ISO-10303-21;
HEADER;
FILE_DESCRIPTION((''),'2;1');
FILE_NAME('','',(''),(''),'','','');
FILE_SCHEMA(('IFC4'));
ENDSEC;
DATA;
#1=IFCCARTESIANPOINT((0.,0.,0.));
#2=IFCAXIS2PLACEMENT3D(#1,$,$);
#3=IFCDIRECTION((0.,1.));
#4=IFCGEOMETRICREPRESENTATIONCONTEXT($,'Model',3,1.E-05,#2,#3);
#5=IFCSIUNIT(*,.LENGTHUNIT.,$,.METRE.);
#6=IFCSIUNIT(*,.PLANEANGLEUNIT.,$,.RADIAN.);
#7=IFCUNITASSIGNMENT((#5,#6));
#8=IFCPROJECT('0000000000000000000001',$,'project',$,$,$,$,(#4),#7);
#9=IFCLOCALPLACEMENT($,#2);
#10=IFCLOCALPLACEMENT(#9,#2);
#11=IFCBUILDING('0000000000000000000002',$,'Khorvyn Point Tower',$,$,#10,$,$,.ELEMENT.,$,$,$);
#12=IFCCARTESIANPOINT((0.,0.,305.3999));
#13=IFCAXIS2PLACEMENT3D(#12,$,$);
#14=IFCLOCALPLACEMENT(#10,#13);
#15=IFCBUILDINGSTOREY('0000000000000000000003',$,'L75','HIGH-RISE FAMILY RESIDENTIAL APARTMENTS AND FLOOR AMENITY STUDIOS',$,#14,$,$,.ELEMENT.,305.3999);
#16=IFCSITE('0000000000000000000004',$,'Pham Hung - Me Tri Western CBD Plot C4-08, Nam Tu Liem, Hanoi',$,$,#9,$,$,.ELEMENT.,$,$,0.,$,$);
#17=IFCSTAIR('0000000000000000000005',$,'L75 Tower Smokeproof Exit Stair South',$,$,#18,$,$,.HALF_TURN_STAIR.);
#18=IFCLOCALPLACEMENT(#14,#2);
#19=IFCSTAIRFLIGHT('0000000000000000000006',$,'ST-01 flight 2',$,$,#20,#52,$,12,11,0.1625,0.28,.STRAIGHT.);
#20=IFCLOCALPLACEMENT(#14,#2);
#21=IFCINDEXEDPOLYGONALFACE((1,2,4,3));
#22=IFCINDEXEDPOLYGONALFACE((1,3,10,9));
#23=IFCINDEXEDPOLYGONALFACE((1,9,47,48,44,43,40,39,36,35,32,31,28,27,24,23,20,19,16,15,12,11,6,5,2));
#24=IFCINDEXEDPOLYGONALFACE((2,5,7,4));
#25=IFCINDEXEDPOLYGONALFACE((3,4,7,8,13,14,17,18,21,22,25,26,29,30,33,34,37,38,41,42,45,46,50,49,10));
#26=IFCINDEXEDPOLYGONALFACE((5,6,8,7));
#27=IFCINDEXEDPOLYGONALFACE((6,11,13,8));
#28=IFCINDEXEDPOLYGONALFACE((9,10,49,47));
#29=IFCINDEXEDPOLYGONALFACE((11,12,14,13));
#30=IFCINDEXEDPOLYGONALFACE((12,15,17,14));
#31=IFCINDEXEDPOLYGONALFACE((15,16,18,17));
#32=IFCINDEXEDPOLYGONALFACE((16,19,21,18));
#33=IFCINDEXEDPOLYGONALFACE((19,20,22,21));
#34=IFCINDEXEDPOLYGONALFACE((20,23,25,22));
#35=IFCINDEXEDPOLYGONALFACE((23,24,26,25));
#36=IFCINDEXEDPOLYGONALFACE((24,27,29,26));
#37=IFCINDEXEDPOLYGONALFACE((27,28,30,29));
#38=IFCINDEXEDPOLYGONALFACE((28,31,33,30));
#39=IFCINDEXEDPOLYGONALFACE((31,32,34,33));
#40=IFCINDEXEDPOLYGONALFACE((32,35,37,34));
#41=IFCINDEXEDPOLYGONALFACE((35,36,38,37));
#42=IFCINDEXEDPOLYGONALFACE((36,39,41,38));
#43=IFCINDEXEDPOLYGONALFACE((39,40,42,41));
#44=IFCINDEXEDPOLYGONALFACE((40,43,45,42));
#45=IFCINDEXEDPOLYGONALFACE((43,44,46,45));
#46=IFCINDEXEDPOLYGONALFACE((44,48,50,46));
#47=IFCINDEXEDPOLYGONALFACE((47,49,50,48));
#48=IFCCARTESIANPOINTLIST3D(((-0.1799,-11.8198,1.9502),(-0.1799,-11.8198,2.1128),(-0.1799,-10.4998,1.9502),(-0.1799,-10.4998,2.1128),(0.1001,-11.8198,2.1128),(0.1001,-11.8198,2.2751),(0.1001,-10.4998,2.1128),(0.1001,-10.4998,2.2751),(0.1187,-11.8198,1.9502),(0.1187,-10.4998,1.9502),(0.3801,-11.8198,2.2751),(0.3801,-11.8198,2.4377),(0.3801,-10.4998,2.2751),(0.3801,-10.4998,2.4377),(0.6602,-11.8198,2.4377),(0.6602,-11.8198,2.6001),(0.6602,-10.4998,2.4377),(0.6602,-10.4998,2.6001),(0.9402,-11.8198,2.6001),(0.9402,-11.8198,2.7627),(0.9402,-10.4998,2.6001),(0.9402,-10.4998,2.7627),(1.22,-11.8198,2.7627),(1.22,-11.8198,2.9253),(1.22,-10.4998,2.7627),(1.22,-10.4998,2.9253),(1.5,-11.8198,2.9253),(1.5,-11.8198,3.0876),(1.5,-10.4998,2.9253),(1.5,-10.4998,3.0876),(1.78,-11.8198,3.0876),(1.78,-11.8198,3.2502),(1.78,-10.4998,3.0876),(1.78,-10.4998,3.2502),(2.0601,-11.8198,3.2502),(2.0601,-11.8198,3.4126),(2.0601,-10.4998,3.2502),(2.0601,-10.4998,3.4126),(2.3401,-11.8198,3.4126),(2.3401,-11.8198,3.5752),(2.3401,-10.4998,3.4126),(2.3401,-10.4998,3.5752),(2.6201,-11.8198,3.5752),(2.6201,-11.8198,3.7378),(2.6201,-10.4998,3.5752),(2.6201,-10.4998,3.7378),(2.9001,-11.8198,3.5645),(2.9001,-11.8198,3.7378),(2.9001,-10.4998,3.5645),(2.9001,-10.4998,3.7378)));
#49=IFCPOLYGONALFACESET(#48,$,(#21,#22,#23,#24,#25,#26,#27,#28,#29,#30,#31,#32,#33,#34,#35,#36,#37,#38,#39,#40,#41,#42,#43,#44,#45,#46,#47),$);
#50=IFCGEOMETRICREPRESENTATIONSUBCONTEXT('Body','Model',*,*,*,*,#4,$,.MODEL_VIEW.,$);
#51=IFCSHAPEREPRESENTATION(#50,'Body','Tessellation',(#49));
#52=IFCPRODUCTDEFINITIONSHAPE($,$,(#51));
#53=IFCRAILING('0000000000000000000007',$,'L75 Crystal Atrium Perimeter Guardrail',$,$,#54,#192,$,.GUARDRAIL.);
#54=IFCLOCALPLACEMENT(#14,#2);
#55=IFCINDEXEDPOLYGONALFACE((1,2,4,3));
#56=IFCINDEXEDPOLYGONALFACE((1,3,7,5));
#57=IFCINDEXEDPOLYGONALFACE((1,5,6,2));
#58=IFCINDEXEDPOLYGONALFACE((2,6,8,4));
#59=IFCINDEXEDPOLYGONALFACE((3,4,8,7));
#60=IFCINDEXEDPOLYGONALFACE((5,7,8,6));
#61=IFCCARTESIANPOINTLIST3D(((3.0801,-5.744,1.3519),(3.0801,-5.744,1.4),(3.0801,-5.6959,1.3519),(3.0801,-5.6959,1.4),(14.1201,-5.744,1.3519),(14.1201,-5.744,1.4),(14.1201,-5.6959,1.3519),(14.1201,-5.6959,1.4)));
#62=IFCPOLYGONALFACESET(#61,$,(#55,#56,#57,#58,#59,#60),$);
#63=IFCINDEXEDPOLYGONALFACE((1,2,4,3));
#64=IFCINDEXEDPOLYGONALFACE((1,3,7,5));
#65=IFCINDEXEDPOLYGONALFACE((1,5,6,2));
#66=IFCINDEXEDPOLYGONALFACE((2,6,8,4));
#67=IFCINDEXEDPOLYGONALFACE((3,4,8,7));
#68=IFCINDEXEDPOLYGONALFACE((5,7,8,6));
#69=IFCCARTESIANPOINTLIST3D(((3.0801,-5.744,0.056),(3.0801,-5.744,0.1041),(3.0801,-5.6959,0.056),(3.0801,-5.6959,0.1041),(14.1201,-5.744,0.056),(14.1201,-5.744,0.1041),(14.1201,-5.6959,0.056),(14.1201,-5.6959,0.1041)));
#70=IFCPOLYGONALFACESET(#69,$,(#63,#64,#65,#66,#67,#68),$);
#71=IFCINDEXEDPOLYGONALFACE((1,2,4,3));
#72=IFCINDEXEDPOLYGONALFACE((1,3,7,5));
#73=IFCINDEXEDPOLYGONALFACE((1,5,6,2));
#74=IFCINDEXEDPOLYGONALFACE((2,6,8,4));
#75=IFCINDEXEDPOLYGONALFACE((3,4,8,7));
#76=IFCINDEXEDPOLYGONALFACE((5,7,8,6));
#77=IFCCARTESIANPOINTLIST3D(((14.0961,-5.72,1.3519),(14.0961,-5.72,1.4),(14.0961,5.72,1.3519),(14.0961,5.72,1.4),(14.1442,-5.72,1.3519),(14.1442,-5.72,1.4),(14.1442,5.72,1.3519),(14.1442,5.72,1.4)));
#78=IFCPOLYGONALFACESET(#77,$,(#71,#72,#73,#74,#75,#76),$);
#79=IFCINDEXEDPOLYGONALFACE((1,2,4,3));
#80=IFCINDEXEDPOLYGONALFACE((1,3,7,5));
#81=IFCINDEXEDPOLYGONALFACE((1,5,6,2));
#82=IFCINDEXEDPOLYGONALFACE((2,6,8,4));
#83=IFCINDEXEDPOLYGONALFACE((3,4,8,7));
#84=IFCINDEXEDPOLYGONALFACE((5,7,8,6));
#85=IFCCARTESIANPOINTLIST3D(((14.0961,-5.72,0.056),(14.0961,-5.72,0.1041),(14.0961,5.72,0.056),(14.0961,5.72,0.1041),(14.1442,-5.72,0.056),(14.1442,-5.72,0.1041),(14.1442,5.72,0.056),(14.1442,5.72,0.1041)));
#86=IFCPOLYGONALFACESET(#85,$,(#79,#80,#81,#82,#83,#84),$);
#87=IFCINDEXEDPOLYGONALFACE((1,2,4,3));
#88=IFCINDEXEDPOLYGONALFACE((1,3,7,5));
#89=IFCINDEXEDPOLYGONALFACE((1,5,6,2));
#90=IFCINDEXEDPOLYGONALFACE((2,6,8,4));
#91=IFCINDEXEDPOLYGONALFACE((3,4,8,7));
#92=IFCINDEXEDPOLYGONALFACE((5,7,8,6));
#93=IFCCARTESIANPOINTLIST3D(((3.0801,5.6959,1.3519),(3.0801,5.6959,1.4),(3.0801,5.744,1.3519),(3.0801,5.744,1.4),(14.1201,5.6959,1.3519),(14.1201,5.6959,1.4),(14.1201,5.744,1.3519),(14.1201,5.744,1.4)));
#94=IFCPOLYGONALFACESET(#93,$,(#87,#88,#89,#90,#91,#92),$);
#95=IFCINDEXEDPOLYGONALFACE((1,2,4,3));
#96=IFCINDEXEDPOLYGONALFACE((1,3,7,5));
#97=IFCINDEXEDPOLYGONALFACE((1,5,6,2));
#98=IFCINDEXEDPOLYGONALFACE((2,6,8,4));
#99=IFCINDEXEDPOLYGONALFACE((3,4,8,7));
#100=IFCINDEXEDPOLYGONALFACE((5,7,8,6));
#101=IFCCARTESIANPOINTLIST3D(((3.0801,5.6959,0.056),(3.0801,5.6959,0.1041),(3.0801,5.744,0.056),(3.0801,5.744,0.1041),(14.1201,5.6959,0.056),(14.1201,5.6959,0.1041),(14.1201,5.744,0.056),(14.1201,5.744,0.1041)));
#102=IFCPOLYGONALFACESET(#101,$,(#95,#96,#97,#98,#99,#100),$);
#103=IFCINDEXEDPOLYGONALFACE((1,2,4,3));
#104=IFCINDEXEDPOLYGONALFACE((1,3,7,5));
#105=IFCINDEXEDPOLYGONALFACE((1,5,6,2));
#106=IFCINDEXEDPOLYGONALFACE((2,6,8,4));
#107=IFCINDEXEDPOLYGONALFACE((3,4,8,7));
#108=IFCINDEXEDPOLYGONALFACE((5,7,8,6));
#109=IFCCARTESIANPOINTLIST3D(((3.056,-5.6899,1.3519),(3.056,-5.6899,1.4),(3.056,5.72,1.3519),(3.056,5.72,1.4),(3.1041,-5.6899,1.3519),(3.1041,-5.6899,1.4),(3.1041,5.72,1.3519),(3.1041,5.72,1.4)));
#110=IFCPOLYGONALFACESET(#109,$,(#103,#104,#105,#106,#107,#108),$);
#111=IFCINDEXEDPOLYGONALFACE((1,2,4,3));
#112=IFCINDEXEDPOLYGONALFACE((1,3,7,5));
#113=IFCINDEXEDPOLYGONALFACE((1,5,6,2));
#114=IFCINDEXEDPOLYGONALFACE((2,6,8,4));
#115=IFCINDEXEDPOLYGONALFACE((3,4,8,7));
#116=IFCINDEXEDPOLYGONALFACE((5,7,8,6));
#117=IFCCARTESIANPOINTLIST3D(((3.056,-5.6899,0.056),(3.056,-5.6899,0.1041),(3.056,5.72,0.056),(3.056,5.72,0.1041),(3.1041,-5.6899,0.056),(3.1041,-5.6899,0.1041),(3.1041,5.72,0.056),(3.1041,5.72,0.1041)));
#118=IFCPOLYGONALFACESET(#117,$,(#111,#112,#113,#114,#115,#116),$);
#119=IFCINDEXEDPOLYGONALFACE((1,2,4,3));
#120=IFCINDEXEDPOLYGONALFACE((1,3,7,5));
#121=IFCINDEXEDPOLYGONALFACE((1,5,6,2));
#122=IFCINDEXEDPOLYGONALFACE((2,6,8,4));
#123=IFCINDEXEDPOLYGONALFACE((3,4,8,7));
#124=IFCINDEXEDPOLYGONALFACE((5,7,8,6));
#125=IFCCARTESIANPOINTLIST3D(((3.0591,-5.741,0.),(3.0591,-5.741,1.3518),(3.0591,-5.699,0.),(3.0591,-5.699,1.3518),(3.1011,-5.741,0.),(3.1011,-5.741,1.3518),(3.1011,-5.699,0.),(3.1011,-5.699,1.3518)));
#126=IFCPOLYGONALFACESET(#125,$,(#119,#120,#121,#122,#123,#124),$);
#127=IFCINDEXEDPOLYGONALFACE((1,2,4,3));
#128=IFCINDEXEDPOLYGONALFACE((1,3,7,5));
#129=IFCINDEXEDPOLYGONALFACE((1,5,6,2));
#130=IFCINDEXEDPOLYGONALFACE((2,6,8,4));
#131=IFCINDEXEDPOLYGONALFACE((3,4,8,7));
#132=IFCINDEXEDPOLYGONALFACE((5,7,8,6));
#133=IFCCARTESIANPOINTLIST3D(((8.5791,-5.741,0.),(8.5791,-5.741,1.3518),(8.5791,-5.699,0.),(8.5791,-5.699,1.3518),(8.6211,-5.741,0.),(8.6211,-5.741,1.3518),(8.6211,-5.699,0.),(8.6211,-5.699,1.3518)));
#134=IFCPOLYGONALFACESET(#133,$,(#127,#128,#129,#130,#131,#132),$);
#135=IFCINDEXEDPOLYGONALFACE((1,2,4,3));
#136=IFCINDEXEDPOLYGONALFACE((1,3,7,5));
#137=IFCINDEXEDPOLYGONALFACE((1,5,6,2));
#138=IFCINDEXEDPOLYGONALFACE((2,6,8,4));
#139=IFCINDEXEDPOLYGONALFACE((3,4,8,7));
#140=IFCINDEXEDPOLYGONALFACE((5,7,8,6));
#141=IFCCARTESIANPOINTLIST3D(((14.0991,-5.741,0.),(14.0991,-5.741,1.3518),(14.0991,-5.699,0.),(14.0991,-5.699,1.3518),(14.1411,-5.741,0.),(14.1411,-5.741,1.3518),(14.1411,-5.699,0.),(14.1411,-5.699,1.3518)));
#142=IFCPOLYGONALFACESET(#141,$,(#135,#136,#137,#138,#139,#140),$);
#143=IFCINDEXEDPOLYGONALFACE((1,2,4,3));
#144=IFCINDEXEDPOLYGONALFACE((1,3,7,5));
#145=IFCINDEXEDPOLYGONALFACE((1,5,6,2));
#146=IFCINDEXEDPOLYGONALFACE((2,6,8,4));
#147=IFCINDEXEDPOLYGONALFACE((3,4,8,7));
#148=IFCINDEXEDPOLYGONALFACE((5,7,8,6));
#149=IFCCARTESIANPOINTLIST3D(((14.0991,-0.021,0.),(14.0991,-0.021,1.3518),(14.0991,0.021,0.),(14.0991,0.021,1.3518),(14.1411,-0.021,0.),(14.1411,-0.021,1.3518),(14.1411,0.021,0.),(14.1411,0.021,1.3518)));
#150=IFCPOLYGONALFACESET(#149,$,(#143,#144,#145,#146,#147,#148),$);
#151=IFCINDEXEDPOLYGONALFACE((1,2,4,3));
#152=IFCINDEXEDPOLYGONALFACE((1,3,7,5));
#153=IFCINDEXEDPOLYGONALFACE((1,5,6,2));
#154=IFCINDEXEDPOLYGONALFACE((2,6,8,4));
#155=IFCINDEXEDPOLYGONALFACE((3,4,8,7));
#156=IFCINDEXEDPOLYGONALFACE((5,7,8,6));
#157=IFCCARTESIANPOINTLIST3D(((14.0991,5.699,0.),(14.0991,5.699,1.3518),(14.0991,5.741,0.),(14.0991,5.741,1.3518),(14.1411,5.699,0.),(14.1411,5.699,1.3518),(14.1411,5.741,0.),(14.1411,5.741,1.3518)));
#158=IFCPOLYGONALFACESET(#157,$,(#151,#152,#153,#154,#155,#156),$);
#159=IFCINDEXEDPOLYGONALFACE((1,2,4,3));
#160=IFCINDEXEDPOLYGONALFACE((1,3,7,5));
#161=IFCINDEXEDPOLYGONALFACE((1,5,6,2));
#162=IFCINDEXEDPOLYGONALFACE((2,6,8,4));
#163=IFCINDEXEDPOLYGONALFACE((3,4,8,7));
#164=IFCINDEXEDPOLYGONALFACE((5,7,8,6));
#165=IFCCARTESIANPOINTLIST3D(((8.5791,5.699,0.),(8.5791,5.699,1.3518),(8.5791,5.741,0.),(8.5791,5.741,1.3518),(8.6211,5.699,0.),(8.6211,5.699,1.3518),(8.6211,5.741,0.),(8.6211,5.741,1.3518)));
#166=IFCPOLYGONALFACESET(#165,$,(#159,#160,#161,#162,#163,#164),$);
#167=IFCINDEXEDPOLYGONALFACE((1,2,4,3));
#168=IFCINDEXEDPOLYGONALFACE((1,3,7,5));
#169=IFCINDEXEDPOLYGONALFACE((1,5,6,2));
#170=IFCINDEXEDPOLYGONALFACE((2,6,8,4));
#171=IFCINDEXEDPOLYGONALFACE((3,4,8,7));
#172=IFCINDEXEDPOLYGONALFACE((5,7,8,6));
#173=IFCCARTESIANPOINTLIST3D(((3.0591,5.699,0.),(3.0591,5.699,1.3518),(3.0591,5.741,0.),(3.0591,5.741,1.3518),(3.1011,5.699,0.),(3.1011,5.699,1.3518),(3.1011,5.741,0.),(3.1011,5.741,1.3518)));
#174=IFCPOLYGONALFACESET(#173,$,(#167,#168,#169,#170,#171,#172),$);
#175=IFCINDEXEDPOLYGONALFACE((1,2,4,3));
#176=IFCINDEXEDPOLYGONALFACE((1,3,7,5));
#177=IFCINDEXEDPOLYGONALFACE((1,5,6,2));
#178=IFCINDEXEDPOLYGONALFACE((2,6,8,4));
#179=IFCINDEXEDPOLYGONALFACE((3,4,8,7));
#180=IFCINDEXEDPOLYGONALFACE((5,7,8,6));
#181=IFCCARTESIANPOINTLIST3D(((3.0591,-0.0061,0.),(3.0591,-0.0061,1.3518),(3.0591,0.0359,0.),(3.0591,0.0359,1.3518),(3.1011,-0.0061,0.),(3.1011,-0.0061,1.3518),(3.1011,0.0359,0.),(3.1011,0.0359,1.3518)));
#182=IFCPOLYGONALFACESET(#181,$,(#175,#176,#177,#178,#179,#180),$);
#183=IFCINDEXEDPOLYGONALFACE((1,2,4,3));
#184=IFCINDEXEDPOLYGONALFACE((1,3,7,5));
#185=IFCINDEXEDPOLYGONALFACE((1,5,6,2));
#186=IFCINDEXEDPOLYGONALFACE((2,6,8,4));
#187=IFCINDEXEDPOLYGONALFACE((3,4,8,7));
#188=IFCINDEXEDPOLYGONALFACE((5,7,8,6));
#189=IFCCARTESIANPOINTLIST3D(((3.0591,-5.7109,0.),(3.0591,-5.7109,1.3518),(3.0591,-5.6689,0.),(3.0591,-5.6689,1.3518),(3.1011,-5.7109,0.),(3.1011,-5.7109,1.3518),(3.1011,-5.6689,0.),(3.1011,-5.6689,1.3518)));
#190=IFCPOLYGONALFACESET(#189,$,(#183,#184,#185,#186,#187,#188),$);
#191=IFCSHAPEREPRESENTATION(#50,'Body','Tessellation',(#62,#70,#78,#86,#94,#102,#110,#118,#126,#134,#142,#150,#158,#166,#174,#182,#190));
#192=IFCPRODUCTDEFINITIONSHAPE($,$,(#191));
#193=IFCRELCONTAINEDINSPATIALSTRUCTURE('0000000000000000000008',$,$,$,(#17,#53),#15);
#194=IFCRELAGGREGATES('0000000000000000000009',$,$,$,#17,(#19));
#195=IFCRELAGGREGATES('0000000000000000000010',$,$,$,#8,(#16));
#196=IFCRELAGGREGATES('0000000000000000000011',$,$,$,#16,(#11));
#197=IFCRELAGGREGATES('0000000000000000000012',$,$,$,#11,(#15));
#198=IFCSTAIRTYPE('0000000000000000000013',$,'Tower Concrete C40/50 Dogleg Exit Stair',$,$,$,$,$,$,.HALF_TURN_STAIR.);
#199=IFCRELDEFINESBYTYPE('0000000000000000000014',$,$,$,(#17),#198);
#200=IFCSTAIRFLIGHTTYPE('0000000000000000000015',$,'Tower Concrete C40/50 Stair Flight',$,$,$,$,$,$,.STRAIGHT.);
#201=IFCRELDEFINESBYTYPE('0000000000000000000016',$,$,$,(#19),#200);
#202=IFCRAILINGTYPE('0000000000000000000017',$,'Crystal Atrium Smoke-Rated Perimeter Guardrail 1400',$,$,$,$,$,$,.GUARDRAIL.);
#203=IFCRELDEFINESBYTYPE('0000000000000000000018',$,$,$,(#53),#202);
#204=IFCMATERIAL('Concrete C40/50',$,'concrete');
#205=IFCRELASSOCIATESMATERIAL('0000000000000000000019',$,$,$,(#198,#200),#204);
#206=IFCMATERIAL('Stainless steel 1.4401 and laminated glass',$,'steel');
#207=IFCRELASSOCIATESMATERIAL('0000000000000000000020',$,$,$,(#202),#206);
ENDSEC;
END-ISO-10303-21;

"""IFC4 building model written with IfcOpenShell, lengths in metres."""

from ifc_helpers import new_model, si_unit, direction, frame, origin, origin_2d, place, context, subcontext, project, spatial, polyline, rectangle, outline, extrude, material, type_object, element, aggregate, save


model = new_model("IFC4")

# Units and contexts
model_context = context("Model", 3, precision=1e-05, world=origin(), true_north=direction((0.0, 1.0)))
body_context = subcontext(model_context, "Body", "Model", "MODEL_VIEW")
ifc_project = project(units=[si_unit("LENGTHUNIT", "METRE"), si_unit("PLANEANGLEUNIT", "RADIAN")], contexts=[model_context])

# Site, building, storey
site_placement = place(None, origin())
site = spatial("IfcSite", under=ifc_project, at=site_placement, Name="Pham Hung - Me Tri Western CBD Plot C4-08, Nam Tu Liem, Hanoi", CompositionType="ELEMENT", RefElevation=0.0)
building_placement = place(site_placement, origin())
building = spatial("IfcBuilding", under=site, at=building_placement, Name="Khorvyn Point Tower", CompositionType="ELEMENT")
storey_placement = place(building_placement, frame((0.0, 0.0, 305.3999)))
storey = spatial("IfcBuildingStorey", under=building, at=storey_placement, Name="L75", Description="HIGH-RISE FAMILY RESIDENTIAL APARTMENTS AND FLOOR AMENITY STUDIOS", CompositionType="ELEMENT", Elevation=305.3999)

# Shared definitions
ifc_material_1 = material(Name="Concrete C40/50", Category="concrete")

# Stair, stair flight
stair_type = type_object("IfcStairType", Name="Tower Concrete C40/50 Dogleg Exit Stair", PredefinedType="HALF_TURN_STAIR", material=ifc_material_1)
stair_placement = place(storey_placement, origin())
stair = element("IfcStair", 1, at=stair_placement, inside=storey, type_object=stair_type, Name="L75 Tower Smokeproof Exit Stair South", PredefinedType="HALF_TURN_STAIR")
stair_flight_type = type_object("IfcStairFlightType", Name="Tower Concrete C40/50 Stair Flight", PredefinedType="STRAIGHT", material=ifc_material_1)
stair_flight_1_placement = place(storey_placement, frame((-0.1799, -11.1599, 1.9502), z_axis=(0.0, 0.0, 1.0), x_axis=(1.0, 0.0, 0.0)))
stair_flight_1 = element("IfcStairFlight", 2, at=stair_flight_1_placement, type_object=stair_flight_type, Name="ST-01 flight 2", NumberOfRisers=12, NumberOfTreads=11, PredefinedType="STRAIGHT", RiserHeight=0.1625, TreadLength=0.28, context=body_context, shape_type="SweptSolid", body=[
    extrude(outline(polyline([(0.0, 0.0), (0.0, 0.1626), (0.28, 0.1626), (0.28, 0.325), (0.5601, 0.325), (0.5601, 0.4875), (0.8401, 0.4875), (0.8401, 0.6499), (1.1201, 0.6499), (1.1201, 0.8125), (1.3999, 0.8125), (1.3999, 0.9751), (1.6799, 0.9751), (1.6799, 1.1375), (1.96, 1.1375), (1.96, 1.3), (2.24, 1.3), (2.24, 1.4624), (2.52, 1.4624), (2.52, 1.625), (2.8, 1.625), (2.8, 1.7876), (3.0801, 1.7876), (3.0801, 1.95), (3.0801, 1.6143), (0.2986, 0.0), (0.0, 0.0)])), frame((0.0, 0.6602, 0.0), z_axis=(0.0, -1.0, 0.0), x_axis=(1.0, 0.0, 0.0)), (0.0, 0.0, 1.0), 1.3201),
])
aggregate(stair, [stair_flight_1])

# Railing
ifc_material_2 = material(Name="Stainless steel 1.4401 and laminated glass", Category="steel")
railing_type_1 = type_object("IfcRailingType", Name="Crystal Atrium Smoke-Rated Perimeter Guardrail 1400", PredefinedType="GUARDRAIL", material=ifc_material_2)
railing_1_placement = place(storey_placement, frame((3.0801, -5.72, 0.0)))
element("IfcRailing", 3, at=railing_1_placement, inside=storey, type_object=railing_type_1, Name="L75 Crystal Atrium Perimeter Guardrail", PredefinedType="GUARDRAIL", context=body_context, shape_type="SweptSolid", body=[
    extrude(rectangle(XDim=0.0481, YDim=0.0481, at=origin_2d()), frame((0.0, 0.0, 1.376), z_axis=(1.0, 0.0, 0.0), x_axis=(0.0, 1.0, 0.0)), (0.0, 0.0, 1.0), 11.04),
    extrude(rectangle(XDim=0.0481, YDim=0.0481, at=origin_2d()), frame((0.0, 0.0, 0.0801), z_axis=(1.0, 0.0, 0.0), x_axis=(0.0, 1.0, 0.0)), (0.0, 0.0, 1.0), 11.04),
    extrude(rectangle(XDim=0.0481, YDim=0.0481, at=origin_2d()), frame((11.04, 0.0, 1.376), z_axis=(0.0, 1.0, 0.0), x_axis=(-1.0, 0.0, 0.0)), (0.0, 0.0, 1.0), 11.4399),
    extrude(rectangle(XDim=0.0481, YDim=0.0481, at=origin_2d()), frame((11.04, 0.0, 0.0801), z_axis=(0.0, 1.0, 0.0), x_axis=(-1.0, 0.0, 0.0)), (0.0, 0.0, 1.0), 11.4399),
    extrude(rectangle(XDim=0.0481, YDim=0.0481, at=origin_2d()), frame((11.04, 11.4399, 1.376), z_axis=(-1.0, 0.0, 0.0), x_axis=(0.0, -1.0, 0.0)), (0.0, 0.0, 1.0), 11.04),
    extrude(rectangle(XDim=0.0481, YDim=0.0481, at=origin_2d()), frame((11.04, 11.4399, 0.0801), z_axis=(-1.0, 0.0, 0.0), x_axis=(0.0, -1.0, 0.0)), (0.0, 0.0, 1.0), 11.04),
    extrude(rectangle(XDim=0.0481, YDim=0.0481, at=origin_2d()), frame((0.0, 11.4399, 1.376), z_axis=(0.0, -1.0, 0.0), x_axis=(1.0, 0.0, 0.0)), (0.0, 0.0, 1.0), 11.4099),
    extrude(rectangle(XDim=0.0481, YDim=0.0481, at=origin_2d()), frame((0.0, 11.4399, 0.0801), z_axis=(0.0, -1.0, 0.0), x_axis=(1.0, 0.0, 0.0)), (0.0, 0.0, 1.0), 11.4099),
    extrude(rectangle(XDim=0.042, YDim=0.042, at=origin_2d()), origin(), (0.0, 0.0, 1.0), 1.3518),
    extrude(rectangle(XDim=0.042, YDim=0.042, at=origin_2d()), frame((5.52, 0.0, 0.0)), (0.0, 0.0, 1.0), 1.3518),
    extrude(rectangle(XDim=0.042, YDim=0.042, at=origin_2d()), frame((11.04, 0.0, 0.0)), (0.0, 0.0, 1.0), 1.3518),
    extrude(rectangle(XDim=0.042, YDim=0.042, at=origin_2d()), frame((11.04, 5.72, 0.0)), (0.0, 0.0, 1.0), 1.3518),
    extrude(rectangle(XDim=0.042, YDim=0.042, at=origin_2d()), frame((11.04, 11.4399, 0.0)), (0.0, 0.0, 1.0), 1.3518),
    extrude(rectangle(XDim=0.042, YDim=0.042, at=origin_2d()), frame((5.52, 11.4399, 0.0)), (0.0, 0.0, 1.0), 1.3518),
    extrude(rectangle(XDim=0.042, YDim=0.042, at=origin_2d()), frame((0.0, 11.4399, 0.0)), (0.0, 0.0, 1.0), 1.3518),
    extrude(rectangle(XDim=0.042, YDim=0.042, at=origin_2d()), frame((0.0, 5.7349, 0.0)), (0.0, 0.0, 1.0), 1.3518),
    extrude(rectangle(XDim=0.042, YDim=0.042, at=origin_2d()), frame((0.0, 0.03, 0.0)), (0.0, 0.0, 1.0), 1.3518),
])

save(model, "model.ifc")
